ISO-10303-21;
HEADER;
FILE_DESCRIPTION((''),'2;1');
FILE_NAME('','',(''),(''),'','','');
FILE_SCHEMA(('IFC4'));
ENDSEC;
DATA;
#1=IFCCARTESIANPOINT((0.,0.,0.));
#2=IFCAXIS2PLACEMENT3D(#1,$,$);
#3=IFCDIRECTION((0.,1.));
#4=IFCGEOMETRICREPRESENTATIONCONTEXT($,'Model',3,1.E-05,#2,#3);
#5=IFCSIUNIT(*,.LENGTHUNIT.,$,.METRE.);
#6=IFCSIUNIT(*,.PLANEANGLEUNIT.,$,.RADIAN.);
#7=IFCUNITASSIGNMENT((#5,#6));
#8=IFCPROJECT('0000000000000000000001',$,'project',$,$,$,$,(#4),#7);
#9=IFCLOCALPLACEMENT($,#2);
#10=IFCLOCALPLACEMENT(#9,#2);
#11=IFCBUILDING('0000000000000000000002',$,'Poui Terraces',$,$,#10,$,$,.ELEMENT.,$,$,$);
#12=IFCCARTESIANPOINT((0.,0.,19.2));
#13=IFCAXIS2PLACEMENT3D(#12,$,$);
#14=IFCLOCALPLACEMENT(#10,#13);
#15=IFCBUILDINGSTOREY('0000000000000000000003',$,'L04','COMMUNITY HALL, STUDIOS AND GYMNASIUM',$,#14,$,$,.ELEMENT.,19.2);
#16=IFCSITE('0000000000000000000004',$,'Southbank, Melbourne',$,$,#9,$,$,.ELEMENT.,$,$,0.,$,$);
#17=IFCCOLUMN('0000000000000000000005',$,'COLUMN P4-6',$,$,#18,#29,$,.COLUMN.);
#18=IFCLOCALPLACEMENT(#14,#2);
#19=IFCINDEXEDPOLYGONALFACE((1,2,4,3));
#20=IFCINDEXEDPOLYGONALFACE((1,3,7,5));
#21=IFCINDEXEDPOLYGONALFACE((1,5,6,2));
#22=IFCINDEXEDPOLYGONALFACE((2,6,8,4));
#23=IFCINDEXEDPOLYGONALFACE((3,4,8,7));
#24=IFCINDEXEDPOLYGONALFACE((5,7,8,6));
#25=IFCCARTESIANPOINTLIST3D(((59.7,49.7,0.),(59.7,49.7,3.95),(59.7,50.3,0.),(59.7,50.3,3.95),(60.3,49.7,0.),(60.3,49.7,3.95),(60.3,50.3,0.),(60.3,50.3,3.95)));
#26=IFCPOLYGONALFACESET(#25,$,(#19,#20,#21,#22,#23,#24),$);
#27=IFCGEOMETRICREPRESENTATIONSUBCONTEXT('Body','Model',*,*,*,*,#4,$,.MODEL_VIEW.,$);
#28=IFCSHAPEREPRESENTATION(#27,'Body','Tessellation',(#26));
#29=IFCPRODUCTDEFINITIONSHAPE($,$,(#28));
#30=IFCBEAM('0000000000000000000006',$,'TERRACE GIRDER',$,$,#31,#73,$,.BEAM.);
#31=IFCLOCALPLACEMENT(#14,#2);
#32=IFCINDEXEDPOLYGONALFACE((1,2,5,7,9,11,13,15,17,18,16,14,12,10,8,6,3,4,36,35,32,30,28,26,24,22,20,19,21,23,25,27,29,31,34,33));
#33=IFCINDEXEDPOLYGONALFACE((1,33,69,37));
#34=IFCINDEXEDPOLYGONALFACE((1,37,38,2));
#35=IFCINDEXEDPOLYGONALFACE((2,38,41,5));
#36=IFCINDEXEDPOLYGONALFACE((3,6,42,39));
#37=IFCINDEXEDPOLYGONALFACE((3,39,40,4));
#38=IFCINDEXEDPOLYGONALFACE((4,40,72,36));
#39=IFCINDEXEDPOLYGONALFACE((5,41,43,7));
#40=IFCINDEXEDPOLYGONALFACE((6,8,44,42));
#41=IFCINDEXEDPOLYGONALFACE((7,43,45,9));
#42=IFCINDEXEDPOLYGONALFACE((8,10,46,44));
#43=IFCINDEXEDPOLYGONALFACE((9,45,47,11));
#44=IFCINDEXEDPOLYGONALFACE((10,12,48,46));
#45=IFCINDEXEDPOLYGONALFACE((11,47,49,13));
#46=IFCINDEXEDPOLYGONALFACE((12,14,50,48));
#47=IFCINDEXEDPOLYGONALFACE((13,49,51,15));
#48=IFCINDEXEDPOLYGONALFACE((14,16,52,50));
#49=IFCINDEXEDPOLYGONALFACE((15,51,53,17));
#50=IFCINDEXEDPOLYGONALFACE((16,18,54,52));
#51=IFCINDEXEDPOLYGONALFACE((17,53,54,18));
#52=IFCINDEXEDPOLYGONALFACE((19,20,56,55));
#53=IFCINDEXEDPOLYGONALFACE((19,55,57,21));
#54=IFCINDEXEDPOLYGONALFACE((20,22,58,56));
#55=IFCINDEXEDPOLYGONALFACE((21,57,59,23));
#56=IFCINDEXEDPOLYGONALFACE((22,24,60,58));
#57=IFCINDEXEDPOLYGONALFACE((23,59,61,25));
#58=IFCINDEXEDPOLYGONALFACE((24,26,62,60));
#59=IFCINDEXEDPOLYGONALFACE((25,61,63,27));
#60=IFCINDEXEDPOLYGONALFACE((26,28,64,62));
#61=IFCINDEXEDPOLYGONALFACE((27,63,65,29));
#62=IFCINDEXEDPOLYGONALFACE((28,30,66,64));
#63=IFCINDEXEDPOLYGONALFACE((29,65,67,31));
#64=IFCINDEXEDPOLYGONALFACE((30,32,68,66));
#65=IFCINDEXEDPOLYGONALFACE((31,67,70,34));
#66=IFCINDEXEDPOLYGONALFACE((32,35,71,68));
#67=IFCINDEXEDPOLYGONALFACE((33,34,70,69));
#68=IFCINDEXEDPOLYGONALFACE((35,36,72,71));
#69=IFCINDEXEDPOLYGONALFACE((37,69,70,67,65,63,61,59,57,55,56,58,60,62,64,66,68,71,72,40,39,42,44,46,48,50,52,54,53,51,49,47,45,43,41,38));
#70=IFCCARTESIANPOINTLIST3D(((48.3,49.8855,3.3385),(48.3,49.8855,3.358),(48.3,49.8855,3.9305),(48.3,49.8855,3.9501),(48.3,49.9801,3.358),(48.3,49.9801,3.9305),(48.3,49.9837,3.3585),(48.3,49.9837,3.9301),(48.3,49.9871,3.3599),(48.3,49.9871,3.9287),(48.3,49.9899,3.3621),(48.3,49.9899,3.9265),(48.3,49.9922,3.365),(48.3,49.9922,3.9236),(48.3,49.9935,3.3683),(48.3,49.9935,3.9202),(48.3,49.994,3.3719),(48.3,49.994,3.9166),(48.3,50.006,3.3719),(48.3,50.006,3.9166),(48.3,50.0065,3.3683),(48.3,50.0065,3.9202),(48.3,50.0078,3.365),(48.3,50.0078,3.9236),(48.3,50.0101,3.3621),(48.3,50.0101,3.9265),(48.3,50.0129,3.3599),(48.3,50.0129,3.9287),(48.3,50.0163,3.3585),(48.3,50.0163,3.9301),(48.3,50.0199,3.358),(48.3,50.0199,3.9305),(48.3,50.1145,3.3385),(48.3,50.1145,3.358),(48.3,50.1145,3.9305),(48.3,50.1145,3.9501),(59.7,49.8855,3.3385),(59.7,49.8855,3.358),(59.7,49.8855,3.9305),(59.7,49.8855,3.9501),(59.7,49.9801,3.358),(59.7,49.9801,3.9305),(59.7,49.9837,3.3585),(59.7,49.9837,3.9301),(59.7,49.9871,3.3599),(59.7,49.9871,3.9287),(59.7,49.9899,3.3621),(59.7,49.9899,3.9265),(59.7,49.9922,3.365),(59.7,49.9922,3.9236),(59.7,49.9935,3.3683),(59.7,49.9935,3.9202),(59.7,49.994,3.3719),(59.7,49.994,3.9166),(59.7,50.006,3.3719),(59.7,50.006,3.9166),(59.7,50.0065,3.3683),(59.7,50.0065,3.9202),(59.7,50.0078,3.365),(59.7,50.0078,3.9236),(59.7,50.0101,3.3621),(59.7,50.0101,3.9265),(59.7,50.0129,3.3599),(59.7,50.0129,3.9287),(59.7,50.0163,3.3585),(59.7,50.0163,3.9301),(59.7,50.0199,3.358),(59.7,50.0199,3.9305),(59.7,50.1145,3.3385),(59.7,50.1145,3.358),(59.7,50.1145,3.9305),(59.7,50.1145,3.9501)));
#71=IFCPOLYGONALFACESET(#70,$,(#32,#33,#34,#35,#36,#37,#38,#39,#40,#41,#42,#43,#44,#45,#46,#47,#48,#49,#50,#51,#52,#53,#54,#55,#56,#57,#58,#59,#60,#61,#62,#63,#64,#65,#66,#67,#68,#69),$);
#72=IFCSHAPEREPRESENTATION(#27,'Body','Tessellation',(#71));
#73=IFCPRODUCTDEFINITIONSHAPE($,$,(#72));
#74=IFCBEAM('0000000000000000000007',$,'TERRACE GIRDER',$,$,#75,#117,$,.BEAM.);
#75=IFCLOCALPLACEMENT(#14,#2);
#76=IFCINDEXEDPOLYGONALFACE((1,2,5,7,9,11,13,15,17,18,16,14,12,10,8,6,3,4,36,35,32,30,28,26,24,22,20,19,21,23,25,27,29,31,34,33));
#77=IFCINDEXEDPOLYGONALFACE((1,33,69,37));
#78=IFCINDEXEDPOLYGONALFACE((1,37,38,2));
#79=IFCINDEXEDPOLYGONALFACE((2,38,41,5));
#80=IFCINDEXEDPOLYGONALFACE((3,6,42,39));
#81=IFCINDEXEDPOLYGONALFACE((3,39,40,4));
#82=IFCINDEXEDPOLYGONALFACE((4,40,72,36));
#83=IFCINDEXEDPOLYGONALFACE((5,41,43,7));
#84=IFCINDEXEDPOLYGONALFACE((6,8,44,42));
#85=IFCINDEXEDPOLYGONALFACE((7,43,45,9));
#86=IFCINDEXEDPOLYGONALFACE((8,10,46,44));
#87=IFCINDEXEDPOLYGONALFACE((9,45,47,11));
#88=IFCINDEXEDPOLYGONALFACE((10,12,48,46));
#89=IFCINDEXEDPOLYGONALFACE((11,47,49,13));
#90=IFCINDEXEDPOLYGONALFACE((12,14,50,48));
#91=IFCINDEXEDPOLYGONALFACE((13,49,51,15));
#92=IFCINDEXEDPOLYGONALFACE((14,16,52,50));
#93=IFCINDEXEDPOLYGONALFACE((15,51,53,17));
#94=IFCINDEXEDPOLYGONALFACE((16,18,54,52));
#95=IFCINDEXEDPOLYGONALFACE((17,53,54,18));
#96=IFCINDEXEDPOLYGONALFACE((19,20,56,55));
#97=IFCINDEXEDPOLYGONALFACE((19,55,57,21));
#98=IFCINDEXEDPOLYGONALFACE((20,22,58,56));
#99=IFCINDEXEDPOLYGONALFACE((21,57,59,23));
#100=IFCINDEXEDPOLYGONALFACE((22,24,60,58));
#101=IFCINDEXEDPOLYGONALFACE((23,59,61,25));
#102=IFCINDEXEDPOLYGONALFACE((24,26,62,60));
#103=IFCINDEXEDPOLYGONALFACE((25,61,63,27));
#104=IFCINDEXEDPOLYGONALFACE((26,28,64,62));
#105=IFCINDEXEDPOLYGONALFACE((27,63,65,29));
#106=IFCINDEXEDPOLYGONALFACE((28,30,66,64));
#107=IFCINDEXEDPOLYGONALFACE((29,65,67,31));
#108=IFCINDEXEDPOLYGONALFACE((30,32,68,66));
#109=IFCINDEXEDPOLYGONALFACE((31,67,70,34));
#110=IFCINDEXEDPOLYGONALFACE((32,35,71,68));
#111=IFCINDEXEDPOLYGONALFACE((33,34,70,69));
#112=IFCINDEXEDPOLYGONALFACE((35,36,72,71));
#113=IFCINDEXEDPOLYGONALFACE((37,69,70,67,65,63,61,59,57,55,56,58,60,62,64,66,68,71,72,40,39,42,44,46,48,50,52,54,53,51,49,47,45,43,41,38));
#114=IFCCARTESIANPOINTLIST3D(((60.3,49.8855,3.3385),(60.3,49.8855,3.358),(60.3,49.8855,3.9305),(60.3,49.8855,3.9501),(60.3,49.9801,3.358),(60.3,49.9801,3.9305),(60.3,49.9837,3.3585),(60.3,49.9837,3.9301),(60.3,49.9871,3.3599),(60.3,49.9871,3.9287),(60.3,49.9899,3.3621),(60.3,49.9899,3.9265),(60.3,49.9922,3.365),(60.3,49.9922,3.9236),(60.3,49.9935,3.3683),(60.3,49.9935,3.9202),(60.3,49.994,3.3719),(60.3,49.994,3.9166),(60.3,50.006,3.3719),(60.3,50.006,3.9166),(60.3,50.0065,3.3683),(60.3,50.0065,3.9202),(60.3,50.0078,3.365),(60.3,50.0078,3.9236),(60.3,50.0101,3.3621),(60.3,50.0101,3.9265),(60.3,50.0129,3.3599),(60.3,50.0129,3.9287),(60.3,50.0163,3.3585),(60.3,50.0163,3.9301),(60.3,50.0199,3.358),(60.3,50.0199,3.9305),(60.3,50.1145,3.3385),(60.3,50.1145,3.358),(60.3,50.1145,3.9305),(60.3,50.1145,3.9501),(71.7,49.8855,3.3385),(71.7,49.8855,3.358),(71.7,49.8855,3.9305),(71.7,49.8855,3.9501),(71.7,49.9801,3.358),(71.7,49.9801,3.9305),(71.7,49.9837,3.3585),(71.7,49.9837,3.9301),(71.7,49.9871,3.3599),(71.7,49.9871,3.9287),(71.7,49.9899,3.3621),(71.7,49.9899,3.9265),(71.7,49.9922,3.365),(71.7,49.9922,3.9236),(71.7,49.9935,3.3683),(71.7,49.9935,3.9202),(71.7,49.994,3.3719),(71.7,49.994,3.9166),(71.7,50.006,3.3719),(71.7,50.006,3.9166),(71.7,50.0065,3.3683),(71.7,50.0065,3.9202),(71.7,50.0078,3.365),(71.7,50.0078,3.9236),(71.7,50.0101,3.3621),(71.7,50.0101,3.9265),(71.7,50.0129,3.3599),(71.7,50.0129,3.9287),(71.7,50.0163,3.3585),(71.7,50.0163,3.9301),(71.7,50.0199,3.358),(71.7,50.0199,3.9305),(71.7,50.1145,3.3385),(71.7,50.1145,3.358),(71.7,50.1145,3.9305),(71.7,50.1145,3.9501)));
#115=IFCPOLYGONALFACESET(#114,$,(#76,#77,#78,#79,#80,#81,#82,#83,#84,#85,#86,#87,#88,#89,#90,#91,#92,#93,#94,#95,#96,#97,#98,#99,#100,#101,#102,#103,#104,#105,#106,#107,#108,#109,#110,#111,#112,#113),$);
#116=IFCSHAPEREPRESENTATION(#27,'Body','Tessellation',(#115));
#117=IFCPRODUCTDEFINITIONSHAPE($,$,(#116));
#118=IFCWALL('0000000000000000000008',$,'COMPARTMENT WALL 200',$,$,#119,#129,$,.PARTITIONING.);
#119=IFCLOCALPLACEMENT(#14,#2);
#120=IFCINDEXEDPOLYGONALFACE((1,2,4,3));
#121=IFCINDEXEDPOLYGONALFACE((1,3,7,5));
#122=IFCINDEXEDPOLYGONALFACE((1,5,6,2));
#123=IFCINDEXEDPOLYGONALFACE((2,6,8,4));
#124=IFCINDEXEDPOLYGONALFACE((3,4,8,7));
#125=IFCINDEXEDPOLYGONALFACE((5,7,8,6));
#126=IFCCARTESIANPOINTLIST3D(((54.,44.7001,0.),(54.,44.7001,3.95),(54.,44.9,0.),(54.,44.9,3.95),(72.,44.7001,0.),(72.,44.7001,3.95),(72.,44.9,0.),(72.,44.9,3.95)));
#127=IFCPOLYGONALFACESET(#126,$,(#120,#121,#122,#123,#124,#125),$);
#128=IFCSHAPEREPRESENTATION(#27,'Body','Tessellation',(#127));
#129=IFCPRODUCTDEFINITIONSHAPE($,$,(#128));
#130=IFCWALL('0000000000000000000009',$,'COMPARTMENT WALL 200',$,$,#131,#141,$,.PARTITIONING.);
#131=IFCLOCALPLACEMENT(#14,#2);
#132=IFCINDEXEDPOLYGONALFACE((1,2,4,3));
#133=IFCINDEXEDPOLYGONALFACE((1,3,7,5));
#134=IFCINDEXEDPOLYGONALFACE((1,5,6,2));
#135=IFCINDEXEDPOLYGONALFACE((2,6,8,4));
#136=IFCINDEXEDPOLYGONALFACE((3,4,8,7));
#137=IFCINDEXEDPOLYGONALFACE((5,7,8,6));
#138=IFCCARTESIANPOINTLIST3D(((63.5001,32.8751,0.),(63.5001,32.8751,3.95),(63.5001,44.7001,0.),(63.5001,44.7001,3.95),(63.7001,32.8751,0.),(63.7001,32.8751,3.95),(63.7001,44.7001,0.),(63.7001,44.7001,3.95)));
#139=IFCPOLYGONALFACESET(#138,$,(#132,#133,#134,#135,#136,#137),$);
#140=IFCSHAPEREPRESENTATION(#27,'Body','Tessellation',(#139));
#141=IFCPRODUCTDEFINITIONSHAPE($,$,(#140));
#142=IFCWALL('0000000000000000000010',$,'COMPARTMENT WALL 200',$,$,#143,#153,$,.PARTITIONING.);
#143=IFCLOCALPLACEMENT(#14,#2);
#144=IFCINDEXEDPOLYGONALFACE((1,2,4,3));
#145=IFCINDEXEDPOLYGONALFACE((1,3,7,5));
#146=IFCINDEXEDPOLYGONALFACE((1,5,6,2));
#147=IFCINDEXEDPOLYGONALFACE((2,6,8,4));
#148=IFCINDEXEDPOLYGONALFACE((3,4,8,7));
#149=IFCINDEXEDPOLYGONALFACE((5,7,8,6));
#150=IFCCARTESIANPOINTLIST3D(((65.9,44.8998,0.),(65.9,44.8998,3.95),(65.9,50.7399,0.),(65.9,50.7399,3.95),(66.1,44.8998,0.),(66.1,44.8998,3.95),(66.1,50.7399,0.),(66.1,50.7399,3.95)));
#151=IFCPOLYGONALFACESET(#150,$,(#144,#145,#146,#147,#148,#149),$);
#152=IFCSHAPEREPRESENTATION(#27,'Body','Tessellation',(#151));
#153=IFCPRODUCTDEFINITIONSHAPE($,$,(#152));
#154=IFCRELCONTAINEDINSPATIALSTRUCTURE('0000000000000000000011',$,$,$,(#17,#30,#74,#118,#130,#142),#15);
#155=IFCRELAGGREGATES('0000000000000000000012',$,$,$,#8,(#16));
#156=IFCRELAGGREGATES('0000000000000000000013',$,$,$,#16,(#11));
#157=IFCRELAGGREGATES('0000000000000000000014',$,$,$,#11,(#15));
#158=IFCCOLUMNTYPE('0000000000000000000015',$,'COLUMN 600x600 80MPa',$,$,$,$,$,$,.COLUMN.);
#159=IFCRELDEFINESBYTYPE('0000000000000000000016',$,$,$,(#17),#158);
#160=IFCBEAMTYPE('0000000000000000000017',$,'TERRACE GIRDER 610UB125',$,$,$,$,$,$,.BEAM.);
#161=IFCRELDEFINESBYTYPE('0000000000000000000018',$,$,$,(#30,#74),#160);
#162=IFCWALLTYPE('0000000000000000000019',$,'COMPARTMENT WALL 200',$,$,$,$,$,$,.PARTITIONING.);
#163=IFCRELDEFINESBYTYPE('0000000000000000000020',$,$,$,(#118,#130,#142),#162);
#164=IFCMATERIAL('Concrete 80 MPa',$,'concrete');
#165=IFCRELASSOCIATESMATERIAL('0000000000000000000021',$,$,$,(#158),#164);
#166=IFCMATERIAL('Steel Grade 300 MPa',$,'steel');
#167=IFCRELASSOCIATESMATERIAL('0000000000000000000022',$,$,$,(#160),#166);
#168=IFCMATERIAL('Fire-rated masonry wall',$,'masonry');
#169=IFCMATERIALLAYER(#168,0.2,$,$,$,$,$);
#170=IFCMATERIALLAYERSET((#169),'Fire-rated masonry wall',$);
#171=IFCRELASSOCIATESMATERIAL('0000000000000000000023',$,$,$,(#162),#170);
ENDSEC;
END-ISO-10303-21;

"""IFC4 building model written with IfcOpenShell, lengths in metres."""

from ifc_helpers import new_model, si_unit, direction, frame, frame_2d, origin, origin_2d, place, context, subcontext, project, spatial, rectangle, i_section, extrude, source, transform, mapped, material, layer, layer_set, material_profile, profile_set, type_object, element, save


model = new_model("IFC4")

# Units and contexts
model_context = context("Model", 3, precision=1e-05, world=origin(), true_north=direction((0.0, 1.0)))
body_context = subcontext(model_context, "Body", "Model", "MODEL_VIEW")
ifc_project = project(units=[si_unit("LENGTHUNIT", "METRE"), si_unit("PLANEANGLEUNIT", "RADIAN")], contexts=[model_context])

# Site, building, storey
site_placement = place(None, origin())
site = spatial("IfcSite", under=ifc_project, at=site_placement, Name="Southbank, Melbourne", CompositionType="ELEMENT", RefElevation=0.0)
building_placement = place(site_placement, origin())
building = spatial("IfcBuilding", under=site, at=building_placement, Name="Poui Terraces", CompositionType="ELEMENT")
storey_placement = place(building_placement, frame((0.0, 0.0, 19.2)))
storey = spatial("IfcBuildingStorey", under=building, at=storey_placement, Name="L04", Description="COMMUNITY HALL, STUDIOS AND GYMNASIUM", CompositionType="ELEMENT", Elevation=19.2)

# Column
ifc_material_1 = material(Name="Concrete 80 MPa", Category="concrete")
ifc_material_profile_1 = material_profile(ifc_material_1, rectangle(XDim=0.6001, YDim=0.6001, at=origin_2d()), Name="RC 600x600")
ifc_profile_set_1 = profile_set([ifc_material_profile_1], Name="Concrete 80 MPa")
column_type = type_object("IfcColumnType", Name="COLUMN 600x600 80MPa", PredefinedType="COLUMN", material=ifc_profile_set_1)
shared_shape_1 = source(origin(), body_context, "Body", "SweptSolid", [
    extrude(rectangle(XDim=0.6001, YDim=0.6001, at=origin_2d()), origin(), (0.0, 0.0, 1.0), 3.95),
])
column_placement = place(storey_placement, frame((60.0, 50.0, 0.0), z_axis=(0.0, 0.0, 1.0), x_axis=(1.0, 0.0, 0.0)))
element("IfcColumn", 1, at=column_placement, inside=storey, type_object=column_type, Name="COLUMN P4-6", PredefinedType="COLUMN", context=body_context, shape_type="MappedRepresentation", body=[
    mapped(shared_shape_1, transform((0.0, 0.0, 0.0))),
])

# Beams
ifc_material_2 = material(Name="Steel Grade 300 MPa", Category="steel")
ifc_material_profile_2 = material_profile(ifc_material_2, i_section(OverallWidth=0.229, OverallDepth=0.6116, WebThickness=0.012, FlangeThickness=0.0195, FilletRadius=0.0139, at=origin_2d()), Name="610UB125")
ifc_profile_set_2 = profile_set([ifc_material_profile_2], Name="Steel Grade 300 MPa")
beam_type = type_object("IfcBeamType", Name="TERRACE GIRDER 610UB125", PredefinedType="BEAM", material=ifc_profile_set_2)
shared_shape_2 = source(origin(), body_context, "Body", "SweptSolid", [
    extrude(i_section(OverallWidth=0.229, OverallDepth=0.6116, WebThickness=0.012, FlangeThickness=0.0195, FilletRadius=0.0139, at=origin_2d()), origin(), (0.0, 0.0, 1.0), 11.3999),
])
for number, where, z_axis, x_axis, name in (
    (2, (48.3, 50.0, 3.6443), (1.0, 0.0, 0.0), (0.0, 1.0, 0.0), "TERRACE GIRDER"),
    (3, (60.3, 50.0, 3.6443), (1.0, 0.0, 0.0), (0.0, 1.0, 0.0), "TERRACE GIRDER"),
):
    element("IfcBeam", number, at=place(storey_placement, frame(where, z_axis=z_axis, x_axis=x_axis)), inside=storey, type_object=beam_type, Name=name, PredefinedType="BEAM", context=body_context, shape_type="MappedRepresentation", body=[
        mapped(shared_shape_2, transform((0.0, 0.0, 0.0))),
    ])

# Walls
ifc_material_3 = material(Name="Fire-rated masonry wall", Category="masonry")
ifc_layer_1 = layer(ifc_material_3, 0.2)
ifc_layer_set_1 = layer_set([ifc_layer_1], Name="Fire-rated masonry wall")
wall_type_1 = type_object("IfcWallType", Name="COMPARTMENT WALL 200", PredefinedType="PARTITIONING", material=ifc_layer_set_1)
wall_1_placement = place(storey_placement, frame((54.0, 44.8, 0.0), z_axis=(0.0, 0.0, 1.0), x_axis=(1.0, 0.0, 0.0)))
element("IfcWall", 4, at=wall_1_placement, inside=storey, type_object=wall_type_1, Name="COMPARTMENT WALL 200", PredefinedType="PARTITIONING", context=body_context, shape_type="SweptSolid", body=[
    extrude(rectangle(XDim=18.0, YDim=0.2, at=frame_2d((9.0, 0.0))), origin(), (0.0, 0.0, 1.0), 3.95),
])
wall_2_placement = place(storey_placement, frame((63.6001, 32.875, 0.0), z_axis=(0.0, 0.0, 1.0), x_axis=(0.0, 1.0, 0.0)))
element("IfcWall", 5, at=wall_2_placement, inside=storey, type_object=wall_type_1, Name="COMPARTMENT WALL 200", PredefinedType="PARTITIONING", context=body_context, shape_type="SweptSolid", body=[
    extrude(rectangle(XDim=11.825, YDim=0.2, at=frame_2d((5.9126, 0.0))), origin(), (0.0, 0.0, 1.0), 3.95),
])
wall_3_placement = place(storey_placement, frame((66.0, 44.8999, 0.0), z_axis=(0.0, 0.0, 1.0), x_axis=(0.0, 1.0, 0.0)))
element("IfcWall", 6, at=wall_3_placement, inside=storey, type_object=wall_type_1, Name="COMPARTMENT WALL 200", PredefinedType="PARTITIONING", context=body_context, shape_type="SweptSolid", body=[
    extrude(rectangle(XDim=5.8401, YDim=0.2, at=frame_2d((2.9199, 0.0))), origin(), (0.0, 0.0, 1.0), 3.95),
])

save(model, "model.ifc")
